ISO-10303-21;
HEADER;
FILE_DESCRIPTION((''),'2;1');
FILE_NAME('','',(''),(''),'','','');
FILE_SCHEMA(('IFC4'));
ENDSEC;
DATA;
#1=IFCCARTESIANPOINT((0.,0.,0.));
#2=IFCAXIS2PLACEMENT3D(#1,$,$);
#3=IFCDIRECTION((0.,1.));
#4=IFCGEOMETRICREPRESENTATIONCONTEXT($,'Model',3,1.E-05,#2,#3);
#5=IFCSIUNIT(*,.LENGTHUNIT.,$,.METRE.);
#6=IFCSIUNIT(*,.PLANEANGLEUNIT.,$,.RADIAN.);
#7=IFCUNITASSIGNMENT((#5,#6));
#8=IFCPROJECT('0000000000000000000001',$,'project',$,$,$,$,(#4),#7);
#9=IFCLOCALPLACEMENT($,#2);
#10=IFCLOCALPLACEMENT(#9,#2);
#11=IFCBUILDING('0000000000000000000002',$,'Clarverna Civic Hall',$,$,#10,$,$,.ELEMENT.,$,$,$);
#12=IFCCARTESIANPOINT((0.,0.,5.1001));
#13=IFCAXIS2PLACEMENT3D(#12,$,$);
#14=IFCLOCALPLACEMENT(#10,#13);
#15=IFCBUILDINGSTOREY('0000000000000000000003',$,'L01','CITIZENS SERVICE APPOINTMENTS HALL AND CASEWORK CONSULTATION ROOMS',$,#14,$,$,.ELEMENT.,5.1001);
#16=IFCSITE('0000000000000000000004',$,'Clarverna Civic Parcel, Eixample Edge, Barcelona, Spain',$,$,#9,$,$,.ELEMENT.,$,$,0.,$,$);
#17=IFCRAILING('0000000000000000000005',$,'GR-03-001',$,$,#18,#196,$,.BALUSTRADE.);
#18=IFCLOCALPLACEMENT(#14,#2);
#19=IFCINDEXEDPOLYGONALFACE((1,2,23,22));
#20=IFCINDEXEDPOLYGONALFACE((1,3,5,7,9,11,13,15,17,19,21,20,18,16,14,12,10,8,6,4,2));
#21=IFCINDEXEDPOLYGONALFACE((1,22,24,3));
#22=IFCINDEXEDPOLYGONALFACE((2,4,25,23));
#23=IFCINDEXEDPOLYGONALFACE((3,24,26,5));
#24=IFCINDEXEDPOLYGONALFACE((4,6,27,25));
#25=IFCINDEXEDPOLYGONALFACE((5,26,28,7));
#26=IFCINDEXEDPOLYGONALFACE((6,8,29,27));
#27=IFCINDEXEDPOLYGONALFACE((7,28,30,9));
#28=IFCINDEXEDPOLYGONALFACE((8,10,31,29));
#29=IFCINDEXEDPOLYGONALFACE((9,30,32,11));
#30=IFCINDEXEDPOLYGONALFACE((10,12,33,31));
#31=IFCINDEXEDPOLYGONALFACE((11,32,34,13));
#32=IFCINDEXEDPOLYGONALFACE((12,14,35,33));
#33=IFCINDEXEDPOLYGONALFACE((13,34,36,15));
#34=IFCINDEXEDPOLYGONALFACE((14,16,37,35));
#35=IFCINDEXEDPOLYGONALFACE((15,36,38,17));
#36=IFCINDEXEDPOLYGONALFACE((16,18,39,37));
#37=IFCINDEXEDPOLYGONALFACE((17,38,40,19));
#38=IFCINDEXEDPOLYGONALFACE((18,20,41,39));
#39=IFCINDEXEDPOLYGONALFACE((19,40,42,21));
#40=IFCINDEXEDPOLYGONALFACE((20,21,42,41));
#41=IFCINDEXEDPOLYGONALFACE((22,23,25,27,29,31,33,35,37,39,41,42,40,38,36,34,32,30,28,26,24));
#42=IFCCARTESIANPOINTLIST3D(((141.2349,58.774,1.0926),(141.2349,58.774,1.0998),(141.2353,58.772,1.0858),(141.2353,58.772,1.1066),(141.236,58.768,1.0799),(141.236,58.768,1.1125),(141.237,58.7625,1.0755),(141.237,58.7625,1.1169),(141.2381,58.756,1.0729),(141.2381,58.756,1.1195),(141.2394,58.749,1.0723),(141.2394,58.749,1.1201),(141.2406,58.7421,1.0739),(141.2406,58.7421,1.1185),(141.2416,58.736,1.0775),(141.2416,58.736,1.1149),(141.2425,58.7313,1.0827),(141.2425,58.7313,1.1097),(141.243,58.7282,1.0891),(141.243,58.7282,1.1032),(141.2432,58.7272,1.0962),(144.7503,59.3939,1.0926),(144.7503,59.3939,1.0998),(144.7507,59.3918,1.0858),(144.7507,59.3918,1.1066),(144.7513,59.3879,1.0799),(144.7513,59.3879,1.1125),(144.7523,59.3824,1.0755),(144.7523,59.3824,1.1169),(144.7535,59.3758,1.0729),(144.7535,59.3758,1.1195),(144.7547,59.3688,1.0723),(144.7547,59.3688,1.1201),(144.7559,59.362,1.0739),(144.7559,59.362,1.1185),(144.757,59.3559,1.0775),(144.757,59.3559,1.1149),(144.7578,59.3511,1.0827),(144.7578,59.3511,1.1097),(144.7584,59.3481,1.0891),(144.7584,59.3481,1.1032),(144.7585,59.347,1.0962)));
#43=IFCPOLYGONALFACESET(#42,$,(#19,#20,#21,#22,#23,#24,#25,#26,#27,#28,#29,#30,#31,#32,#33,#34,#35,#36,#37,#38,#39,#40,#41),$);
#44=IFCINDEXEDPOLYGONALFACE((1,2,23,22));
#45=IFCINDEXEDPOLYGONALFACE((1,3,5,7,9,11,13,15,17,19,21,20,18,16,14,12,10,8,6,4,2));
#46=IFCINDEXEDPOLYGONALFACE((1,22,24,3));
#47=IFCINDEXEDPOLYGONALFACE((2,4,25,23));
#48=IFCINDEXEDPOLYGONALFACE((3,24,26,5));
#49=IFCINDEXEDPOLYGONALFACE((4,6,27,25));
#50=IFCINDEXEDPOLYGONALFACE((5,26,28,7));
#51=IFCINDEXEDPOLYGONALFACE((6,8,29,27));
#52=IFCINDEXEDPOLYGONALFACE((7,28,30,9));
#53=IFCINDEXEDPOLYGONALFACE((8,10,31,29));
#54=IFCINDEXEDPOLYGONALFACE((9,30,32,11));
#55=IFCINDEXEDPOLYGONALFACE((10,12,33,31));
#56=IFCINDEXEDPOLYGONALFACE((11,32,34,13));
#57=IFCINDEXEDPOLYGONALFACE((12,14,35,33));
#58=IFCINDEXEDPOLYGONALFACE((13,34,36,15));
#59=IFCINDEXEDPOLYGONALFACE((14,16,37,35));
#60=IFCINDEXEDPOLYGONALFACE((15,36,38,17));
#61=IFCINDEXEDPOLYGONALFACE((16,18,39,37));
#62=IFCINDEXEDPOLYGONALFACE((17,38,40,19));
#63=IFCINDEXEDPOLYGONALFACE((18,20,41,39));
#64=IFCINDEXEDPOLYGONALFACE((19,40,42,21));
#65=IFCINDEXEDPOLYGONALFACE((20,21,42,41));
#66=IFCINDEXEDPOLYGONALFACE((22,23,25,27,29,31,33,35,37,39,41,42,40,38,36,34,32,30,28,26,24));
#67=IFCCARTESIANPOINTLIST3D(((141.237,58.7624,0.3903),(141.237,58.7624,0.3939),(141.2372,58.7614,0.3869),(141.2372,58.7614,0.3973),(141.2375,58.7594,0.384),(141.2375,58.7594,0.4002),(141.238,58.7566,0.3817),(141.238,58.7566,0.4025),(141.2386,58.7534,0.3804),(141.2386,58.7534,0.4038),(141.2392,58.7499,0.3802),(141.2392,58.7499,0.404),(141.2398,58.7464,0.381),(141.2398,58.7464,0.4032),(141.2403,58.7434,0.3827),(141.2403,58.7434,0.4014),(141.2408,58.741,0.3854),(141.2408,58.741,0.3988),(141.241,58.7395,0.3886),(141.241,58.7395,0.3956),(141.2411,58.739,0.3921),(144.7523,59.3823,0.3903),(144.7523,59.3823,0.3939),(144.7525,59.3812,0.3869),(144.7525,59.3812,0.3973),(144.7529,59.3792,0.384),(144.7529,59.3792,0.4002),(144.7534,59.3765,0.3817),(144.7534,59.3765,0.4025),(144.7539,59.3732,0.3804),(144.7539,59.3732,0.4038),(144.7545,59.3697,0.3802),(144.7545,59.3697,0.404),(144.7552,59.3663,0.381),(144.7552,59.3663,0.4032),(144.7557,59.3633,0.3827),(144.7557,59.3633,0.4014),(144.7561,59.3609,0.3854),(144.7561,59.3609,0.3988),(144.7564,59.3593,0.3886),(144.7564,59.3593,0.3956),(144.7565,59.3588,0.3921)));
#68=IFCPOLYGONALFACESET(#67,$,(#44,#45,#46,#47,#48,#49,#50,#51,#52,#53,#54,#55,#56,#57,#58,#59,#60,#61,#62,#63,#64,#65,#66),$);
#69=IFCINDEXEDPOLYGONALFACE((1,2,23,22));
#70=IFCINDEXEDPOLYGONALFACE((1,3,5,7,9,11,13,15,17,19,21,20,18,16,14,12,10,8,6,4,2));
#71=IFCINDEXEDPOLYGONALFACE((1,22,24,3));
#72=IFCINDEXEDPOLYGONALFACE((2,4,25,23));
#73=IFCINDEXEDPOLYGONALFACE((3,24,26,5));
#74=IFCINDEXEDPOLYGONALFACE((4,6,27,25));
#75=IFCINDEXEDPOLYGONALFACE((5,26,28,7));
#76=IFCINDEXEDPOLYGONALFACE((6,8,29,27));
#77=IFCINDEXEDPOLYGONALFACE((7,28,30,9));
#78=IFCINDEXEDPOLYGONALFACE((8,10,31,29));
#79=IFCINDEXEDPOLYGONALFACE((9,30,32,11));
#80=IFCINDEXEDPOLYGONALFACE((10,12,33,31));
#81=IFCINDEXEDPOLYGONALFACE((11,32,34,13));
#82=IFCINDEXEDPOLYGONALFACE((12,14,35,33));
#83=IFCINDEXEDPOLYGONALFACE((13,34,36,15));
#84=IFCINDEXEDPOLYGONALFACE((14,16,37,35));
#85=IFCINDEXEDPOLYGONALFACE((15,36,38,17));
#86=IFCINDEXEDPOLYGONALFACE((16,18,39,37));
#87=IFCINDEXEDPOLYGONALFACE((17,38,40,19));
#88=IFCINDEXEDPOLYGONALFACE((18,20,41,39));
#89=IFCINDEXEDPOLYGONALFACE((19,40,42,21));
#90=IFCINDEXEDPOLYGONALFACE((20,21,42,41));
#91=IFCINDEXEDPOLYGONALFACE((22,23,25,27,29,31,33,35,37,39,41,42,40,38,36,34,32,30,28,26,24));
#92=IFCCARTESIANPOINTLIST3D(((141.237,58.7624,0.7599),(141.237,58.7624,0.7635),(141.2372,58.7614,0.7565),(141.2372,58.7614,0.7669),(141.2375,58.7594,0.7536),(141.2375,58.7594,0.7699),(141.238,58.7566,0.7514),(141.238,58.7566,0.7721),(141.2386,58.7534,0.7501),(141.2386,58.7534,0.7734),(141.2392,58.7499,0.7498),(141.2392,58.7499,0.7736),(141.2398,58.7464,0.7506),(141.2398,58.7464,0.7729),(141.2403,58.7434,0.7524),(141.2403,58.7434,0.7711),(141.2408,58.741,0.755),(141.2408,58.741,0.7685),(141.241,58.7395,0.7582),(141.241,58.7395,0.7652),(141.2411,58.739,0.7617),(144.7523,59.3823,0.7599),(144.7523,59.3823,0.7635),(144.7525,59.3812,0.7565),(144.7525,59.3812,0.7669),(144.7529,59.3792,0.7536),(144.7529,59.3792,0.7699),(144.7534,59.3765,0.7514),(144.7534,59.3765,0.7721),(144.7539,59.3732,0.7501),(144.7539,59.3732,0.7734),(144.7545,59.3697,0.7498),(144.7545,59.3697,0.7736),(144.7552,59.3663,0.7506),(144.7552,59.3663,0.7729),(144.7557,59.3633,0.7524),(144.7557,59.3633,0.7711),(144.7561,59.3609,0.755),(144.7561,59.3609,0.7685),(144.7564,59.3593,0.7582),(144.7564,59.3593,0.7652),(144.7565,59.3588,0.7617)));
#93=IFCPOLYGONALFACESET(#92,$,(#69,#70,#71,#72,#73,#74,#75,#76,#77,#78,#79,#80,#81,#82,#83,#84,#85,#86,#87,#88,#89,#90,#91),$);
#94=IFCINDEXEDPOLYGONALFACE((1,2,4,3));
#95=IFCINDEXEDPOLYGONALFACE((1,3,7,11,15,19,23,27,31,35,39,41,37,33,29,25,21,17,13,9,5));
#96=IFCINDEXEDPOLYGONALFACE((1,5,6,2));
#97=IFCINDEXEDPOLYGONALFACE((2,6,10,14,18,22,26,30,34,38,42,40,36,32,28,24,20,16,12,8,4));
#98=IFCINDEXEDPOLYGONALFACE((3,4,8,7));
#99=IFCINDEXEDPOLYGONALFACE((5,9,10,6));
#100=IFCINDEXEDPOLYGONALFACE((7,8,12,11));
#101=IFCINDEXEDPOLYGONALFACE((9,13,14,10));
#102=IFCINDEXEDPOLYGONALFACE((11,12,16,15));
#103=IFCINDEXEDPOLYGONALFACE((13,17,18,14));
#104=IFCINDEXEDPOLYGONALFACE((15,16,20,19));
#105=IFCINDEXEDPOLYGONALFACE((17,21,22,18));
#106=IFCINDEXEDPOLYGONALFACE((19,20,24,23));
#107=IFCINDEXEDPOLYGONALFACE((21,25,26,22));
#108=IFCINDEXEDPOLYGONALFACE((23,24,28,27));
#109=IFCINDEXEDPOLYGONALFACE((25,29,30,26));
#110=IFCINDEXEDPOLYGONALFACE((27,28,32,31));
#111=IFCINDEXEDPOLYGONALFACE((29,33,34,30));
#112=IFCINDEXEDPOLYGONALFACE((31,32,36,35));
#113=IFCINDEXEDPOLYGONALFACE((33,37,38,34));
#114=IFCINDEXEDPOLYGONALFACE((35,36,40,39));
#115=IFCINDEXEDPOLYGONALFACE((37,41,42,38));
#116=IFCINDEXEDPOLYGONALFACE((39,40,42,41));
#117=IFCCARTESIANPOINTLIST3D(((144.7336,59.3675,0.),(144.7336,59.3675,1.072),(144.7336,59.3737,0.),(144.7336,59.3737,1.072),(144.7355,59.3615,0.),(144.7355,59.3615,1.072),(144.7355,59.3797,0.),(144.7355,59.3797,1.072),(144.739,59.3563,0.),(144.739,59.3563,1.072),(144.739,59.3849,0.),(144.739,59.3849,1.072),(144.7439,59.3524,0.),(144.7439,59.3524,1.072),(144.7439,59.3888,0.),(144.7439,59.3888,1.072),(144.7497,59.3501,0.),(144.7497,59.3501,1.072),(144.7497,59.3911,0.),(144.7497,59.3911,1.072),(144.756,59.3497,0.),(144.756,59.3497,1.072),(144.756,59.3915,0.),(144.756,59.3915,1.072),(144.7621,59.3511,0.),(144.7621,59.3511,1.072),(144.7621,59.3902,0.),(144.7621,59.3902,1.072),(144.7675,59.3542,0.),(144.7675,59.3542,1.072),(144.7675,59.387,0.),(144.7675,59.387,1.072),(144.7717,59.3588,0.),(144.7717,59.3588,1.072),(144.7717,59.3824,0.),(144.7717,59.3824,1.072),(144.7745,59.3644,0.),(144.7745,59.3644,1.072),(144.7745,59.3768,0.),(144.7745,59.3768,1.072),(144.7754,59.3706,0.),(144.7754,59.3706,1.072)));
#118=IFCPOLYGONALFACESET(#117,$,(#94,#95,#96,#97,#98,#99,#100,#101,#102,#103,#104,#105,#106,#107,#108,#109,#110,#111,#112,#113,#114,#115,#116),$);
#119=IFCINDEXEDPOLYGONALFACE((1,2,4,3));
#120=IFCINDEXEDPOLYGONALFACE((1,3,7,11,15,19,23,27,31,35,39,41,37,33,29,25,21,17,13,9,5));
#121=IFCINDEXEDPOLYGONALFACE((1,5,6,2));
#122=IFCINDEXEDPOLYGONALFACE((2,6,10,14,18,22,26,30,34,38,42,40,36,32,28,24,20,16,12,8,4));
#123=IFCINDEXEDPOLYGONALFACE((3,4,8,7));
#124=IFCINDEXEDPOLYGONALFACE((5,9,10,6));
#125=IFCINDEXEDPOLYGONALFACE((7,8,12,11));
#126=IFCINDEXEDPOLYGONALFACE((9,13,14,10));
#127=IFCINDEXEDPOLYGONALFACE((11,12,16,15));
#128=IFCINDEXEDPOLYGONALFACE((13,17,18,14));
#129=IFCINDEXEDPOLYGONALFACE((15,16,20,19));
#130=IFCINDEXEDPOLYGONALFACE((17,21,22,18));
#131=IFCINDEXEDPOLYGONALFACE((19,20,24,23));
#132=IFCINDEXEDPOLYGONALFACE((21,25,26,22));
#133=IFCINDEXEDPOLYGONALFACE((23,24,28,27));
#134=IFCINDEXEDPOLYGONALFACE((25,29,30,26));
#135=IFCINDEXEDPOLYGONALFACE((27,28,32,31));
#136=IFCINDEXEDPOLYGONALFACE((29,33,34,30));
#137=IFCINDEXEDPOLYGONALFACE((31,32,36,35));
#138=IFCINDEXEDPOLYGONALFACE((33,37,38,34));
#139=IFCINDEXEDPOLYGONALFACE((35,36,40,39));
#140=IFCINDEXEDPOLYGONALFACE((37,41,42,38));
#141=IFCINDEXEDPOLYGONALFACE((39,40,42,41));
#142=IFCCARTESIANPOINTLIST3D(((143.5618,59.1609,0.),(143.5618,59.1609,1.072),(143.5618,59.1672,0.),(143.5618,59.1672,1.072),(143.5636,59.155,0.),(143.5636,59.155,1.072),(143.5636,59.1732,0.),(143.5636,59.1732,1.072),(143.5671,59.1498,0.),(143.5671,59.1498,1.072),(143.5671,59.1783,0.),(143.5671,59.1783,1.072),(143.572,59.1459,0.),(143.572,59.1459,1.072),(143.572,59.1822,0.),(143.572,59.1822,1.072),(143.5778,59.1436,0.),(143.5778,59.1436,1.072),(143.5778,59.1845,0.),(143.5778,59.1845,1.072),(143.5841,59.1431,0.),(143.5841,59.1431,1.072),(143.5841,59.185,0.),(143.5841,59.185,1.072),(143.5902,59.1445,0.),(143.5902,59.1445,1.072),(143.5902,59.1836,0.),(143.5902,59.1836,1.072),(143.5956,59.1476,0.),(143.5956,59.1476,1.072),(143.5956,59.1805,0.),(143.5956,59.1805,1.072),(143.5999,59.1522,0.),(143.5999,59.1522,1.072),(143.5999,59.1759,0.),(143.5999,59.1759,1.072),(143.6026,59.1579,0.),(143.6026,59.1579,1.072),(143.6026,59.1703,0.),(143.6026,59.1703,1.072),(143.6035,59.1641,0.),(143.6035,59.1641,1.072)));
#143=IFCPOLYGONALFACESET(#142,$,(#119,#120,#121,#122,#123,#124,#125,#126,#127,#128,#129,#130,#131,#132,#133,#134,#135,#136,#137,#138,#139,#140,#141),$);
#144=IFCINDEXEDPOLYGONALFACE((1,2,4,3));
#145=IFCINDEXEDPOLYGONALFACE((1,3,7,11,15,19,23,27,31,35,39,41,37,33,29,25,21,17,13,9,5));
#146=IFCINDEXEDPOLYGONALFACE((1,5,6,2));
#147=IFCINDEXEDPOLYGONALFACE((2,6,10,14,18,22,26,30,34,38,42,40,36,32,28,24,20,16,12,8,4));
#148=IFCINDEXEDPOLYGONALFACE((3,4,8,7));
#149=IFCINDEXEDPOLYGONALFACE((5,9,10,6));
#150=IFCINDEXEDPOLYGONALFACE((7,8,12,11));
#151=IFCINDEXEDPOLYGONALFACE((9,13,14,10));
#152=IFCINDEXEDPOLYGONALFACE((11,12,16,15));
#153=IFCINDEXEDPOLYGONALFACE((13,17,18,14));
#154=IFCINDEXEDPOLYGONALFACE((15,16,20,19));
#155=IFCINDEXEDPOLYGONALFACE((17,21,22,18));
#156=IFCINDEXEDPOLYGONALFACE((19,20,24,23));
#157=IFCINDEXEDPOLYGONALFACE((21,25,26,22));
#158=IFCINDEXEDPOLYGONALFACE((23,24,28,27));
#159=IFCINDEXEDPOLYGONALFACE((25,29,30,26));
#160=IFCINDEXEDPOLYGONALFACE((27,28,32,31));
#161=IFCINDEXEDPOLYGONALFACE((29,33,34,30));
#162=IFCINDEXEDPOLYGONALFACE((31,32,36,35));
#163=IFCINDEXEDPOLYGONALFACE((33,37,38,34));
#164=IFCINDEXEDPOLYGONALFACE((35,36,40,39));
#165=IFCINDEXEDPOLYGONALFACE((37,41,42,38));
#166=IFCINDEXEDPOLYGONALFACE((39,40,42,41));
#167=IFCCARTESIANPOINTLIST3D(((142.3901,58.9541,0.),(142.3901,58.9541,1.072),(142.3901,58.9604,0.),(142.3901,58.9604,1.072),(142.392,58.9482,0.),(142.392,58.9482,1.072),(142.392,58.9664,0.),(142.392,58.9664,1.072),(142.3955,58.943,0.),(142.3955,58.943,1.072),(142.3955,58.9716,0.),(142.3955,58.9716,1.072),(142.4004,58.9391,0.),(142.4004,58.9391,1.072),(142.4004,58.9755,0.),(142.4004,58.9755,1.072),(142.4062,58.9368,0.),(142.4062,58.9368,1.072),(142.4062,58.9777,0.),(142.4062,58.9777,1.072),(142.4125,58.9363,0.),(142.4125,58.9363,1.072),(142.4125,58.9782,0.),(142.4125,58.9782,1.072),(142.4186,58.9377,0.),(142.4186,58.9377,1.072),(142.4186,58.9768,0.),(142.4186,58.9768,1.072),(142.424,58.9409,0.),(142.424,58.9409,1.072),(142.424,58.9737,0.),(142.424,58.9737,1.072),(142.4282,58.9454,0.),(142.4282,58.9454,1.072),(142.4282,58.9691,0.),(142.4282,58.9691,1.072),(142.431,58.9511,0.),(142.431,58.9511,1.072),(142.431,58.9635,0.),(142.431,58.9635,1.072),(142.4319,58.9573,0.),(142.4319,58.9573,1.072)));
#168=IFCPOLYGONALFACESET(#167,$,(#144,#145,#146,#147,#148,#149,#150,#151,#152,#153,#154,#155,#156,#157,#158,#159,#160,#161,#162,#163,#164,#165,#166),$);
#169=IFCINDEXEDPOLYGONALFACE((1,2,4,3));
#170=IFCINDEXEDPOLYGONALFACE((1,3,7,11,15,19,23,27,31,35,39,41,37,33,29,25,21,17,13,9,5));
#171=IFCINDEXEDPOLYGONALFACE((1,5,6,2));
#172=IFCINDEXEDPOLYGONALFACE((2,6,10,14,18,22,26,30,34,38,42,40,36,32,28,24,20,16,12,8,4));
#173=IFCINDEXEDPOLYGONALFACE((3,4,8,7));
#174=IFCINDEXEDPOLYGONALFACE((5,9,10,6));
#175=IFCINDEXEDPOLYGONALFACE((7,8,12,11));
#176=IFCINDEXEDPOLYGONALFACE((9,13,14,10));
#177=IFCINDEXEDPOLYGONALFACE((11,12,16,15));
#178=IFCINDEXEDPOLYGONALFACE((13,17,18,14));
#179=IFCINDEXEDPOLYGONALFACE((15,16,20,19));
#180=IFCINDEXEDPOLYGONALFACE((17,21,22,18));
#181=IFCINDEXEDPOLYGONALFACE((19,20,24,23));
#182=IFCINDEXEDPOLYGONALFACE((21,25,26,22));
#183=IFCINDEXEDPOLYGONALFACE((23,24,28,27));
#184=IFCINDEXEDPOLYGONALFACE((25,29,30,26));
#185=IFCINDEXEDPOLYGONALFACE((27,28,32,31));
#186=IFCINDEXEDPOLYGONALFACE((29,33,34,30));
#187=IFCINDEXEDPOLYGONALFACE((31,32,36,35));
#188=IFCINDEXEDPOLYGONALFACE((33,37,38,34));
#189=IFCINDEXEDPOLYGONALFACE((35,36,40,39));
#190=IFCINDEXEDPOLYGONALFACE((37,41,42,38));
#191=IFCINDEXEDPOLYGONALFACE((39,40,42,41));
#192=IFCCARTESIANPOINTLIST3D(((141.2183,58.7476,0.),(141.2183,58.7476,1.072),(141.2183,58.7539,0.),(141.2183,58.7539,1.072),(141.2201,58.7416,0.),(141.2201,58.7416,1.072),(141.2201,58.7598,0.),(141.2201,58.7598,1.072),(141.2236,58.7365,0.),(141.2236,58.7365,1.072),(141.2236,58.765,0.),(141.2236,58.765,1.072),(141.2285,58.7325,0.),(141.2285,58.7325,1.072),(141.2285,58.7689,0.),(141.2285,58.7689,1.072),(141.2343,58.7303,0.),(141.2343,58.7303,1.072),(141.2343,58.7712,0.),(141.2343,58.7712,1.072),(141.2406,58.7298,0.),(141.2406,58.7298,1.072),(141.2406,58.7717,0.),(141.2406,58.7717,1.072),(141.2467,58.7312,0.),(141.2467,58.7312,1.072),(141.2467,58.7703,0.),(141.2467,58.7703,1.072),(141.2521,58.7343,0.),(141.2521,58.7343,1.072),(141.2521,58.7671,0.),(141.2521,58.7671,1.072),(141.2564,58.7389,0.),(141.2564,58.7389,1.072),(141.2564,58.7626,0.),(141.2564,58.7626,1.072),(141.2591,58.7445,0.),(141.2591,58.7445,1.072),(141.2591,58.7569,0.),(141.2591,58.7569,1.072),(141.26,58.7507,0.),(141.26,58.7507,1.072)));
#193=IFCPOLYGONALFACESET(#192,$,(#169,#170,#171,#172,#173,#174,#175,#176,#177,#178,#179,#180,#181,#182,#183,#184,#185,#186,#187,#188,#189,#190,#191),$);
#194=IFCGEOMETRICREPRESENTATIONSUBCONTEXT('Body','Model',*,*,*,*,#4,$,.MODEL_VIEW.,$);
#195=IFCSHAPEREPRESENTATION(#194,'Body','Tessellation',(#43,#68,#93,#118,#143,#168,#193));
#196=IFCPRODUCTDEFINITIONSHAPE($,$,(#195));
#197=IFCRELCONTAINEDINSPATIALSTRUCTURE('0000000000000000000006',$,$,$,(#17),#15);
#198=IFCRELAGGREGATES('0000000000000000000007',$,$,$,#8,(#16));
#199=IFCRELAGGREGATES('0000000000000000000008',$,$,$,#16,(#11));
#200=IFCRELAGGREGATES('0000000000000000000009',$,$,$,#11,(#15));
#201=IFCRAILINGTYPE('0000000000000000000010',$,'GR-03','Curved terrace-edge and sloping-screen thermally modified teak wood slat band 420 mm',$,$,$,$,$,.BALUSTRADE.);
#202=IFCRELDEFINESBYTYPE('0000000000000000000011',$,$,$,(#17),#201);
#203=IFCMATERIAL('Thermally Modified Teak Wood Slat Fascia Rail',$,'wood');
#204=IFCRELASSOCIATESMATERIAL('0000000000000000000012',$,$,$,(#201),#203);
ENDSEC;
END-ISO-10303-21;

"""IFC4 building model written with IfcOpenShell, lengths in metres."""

from ifc_helpers import new_model, si_unit, direction, frame, origin, origin_2d, place, context, subcontext, project, spatial, circle, extrude, material, type_object, element, save


model = new_model("IFC4")

# Units and contexts
model_context = context("Model", 3, precision=1e-05, world=origin(), true_north=direction((0.0, 1.0)))
body_context = subcontext(model_context, "Body", "Model", "MODEL_VIEW")
ifc_project = project(units=[si_unit("LENGTHUNIT", "METRE"), si_unit("PLANEANGLEUNIT", "RADIAN")], contexts=[model_context])

# Site, building, storey
site_placement = place(None, origin())
site = spatial("IfcSite", under=ifc_project, at=site_placement, Name="Clarverna Civic Parcel, Eixample Edge, Barcelona, Spain", CompositionType="ELEMENT", RefElevation=0.0)
building_placement = place(site_placement, origin())
building = spatial("IfcBuilding", under=site, at=building_placement, Name="Clarverna Civic Hall", CompositionType="ELEMENT")
storey_placement = place(building_placement, frame((0.0, 0.0, 5.1001)))
storey = spatial("IfcBuildingStorey", under=building, at=storey_placement, Name="L01", Description="CITIZENS SERVICE APPOINTMENTS HALL AND CASEWORK CONSULTATION ROOMS", CompositionType="ELEMENT", Elevation=5.1001)

# Railing
ifc_material_1 = material(Name="Thermally Modified Teak Wood Slat Fascia Rail", Category="wood")
railing_type_1 = type_object("IfcRailingType", Name="GR-03", Description="Curved terrace-edge and sloping-screen thermally modified teak wood slat band 420 mm", PredefinedType="BALUSTRADE", material=ifc_material_1)
railing_1_placement = place(storey_placement, frame((144.7544, 59.3706, 0.0)))
element("IfcRailing", 1, at=railing_1_placement, inside=storey, type_object=railing_type_1, Name="GR-03-001", PredefinedType="BALUSTRADE", context=body_context, shape_type="SweptSolid", body=[
    extrude(circle(Radius=0.0239, at=origin_2d()), frame((0.0, 0.0, 1.0962), z_axis=(-0.984807, -0.173653, 0.0), x_axis=(0.173653, -0.984807, 0.0)), (0.0, 0.0, 1.0), 3.5696),
    extrude(circle(Radius=0.012, at=origin_2d()), frame((0.0, 0.0, 0.3921), z_axis=(-0.984807, -0.173653, 0.0), x_axis=(0.173653, -0.984807, 0.0)), (0.0, 0.0, 1.0), 3.5696),
    extrude(circle(Radius=0.012, at=origin_2d()), frame((0.0, 0.0, 0.7617), z_axis=(-0.984807, -0.173653, 0.0), x_axis=(0.173653, -0.984807, 0.0)), (0.0, 0.0, 1.0), 3.5696),
    extrude(circle(Radius=0.021, at=origin_2d()), origin(), (0.0, 0.0, 1.0), 1.072),
    extrude(circle(Radius=0.021, at=origin_2d()), frame((-1.1719, -0.2065, 0.0)), (0.0, 0.0, 1.0), 1.072),
    extrude(circle(Radius=0.021, at=origin_2d()), frame((-2.3435, -0.4133, 0.0)), (0.0, 0.0, 1.0), 1.072),
    extrude(circle(Radius=0.021, at=origin_2d()), frame((-3.5154, -0.6199, 0.0)), (0.0, 0.0, 1.0), 1.072),
])

save(model, "model.ifc")
